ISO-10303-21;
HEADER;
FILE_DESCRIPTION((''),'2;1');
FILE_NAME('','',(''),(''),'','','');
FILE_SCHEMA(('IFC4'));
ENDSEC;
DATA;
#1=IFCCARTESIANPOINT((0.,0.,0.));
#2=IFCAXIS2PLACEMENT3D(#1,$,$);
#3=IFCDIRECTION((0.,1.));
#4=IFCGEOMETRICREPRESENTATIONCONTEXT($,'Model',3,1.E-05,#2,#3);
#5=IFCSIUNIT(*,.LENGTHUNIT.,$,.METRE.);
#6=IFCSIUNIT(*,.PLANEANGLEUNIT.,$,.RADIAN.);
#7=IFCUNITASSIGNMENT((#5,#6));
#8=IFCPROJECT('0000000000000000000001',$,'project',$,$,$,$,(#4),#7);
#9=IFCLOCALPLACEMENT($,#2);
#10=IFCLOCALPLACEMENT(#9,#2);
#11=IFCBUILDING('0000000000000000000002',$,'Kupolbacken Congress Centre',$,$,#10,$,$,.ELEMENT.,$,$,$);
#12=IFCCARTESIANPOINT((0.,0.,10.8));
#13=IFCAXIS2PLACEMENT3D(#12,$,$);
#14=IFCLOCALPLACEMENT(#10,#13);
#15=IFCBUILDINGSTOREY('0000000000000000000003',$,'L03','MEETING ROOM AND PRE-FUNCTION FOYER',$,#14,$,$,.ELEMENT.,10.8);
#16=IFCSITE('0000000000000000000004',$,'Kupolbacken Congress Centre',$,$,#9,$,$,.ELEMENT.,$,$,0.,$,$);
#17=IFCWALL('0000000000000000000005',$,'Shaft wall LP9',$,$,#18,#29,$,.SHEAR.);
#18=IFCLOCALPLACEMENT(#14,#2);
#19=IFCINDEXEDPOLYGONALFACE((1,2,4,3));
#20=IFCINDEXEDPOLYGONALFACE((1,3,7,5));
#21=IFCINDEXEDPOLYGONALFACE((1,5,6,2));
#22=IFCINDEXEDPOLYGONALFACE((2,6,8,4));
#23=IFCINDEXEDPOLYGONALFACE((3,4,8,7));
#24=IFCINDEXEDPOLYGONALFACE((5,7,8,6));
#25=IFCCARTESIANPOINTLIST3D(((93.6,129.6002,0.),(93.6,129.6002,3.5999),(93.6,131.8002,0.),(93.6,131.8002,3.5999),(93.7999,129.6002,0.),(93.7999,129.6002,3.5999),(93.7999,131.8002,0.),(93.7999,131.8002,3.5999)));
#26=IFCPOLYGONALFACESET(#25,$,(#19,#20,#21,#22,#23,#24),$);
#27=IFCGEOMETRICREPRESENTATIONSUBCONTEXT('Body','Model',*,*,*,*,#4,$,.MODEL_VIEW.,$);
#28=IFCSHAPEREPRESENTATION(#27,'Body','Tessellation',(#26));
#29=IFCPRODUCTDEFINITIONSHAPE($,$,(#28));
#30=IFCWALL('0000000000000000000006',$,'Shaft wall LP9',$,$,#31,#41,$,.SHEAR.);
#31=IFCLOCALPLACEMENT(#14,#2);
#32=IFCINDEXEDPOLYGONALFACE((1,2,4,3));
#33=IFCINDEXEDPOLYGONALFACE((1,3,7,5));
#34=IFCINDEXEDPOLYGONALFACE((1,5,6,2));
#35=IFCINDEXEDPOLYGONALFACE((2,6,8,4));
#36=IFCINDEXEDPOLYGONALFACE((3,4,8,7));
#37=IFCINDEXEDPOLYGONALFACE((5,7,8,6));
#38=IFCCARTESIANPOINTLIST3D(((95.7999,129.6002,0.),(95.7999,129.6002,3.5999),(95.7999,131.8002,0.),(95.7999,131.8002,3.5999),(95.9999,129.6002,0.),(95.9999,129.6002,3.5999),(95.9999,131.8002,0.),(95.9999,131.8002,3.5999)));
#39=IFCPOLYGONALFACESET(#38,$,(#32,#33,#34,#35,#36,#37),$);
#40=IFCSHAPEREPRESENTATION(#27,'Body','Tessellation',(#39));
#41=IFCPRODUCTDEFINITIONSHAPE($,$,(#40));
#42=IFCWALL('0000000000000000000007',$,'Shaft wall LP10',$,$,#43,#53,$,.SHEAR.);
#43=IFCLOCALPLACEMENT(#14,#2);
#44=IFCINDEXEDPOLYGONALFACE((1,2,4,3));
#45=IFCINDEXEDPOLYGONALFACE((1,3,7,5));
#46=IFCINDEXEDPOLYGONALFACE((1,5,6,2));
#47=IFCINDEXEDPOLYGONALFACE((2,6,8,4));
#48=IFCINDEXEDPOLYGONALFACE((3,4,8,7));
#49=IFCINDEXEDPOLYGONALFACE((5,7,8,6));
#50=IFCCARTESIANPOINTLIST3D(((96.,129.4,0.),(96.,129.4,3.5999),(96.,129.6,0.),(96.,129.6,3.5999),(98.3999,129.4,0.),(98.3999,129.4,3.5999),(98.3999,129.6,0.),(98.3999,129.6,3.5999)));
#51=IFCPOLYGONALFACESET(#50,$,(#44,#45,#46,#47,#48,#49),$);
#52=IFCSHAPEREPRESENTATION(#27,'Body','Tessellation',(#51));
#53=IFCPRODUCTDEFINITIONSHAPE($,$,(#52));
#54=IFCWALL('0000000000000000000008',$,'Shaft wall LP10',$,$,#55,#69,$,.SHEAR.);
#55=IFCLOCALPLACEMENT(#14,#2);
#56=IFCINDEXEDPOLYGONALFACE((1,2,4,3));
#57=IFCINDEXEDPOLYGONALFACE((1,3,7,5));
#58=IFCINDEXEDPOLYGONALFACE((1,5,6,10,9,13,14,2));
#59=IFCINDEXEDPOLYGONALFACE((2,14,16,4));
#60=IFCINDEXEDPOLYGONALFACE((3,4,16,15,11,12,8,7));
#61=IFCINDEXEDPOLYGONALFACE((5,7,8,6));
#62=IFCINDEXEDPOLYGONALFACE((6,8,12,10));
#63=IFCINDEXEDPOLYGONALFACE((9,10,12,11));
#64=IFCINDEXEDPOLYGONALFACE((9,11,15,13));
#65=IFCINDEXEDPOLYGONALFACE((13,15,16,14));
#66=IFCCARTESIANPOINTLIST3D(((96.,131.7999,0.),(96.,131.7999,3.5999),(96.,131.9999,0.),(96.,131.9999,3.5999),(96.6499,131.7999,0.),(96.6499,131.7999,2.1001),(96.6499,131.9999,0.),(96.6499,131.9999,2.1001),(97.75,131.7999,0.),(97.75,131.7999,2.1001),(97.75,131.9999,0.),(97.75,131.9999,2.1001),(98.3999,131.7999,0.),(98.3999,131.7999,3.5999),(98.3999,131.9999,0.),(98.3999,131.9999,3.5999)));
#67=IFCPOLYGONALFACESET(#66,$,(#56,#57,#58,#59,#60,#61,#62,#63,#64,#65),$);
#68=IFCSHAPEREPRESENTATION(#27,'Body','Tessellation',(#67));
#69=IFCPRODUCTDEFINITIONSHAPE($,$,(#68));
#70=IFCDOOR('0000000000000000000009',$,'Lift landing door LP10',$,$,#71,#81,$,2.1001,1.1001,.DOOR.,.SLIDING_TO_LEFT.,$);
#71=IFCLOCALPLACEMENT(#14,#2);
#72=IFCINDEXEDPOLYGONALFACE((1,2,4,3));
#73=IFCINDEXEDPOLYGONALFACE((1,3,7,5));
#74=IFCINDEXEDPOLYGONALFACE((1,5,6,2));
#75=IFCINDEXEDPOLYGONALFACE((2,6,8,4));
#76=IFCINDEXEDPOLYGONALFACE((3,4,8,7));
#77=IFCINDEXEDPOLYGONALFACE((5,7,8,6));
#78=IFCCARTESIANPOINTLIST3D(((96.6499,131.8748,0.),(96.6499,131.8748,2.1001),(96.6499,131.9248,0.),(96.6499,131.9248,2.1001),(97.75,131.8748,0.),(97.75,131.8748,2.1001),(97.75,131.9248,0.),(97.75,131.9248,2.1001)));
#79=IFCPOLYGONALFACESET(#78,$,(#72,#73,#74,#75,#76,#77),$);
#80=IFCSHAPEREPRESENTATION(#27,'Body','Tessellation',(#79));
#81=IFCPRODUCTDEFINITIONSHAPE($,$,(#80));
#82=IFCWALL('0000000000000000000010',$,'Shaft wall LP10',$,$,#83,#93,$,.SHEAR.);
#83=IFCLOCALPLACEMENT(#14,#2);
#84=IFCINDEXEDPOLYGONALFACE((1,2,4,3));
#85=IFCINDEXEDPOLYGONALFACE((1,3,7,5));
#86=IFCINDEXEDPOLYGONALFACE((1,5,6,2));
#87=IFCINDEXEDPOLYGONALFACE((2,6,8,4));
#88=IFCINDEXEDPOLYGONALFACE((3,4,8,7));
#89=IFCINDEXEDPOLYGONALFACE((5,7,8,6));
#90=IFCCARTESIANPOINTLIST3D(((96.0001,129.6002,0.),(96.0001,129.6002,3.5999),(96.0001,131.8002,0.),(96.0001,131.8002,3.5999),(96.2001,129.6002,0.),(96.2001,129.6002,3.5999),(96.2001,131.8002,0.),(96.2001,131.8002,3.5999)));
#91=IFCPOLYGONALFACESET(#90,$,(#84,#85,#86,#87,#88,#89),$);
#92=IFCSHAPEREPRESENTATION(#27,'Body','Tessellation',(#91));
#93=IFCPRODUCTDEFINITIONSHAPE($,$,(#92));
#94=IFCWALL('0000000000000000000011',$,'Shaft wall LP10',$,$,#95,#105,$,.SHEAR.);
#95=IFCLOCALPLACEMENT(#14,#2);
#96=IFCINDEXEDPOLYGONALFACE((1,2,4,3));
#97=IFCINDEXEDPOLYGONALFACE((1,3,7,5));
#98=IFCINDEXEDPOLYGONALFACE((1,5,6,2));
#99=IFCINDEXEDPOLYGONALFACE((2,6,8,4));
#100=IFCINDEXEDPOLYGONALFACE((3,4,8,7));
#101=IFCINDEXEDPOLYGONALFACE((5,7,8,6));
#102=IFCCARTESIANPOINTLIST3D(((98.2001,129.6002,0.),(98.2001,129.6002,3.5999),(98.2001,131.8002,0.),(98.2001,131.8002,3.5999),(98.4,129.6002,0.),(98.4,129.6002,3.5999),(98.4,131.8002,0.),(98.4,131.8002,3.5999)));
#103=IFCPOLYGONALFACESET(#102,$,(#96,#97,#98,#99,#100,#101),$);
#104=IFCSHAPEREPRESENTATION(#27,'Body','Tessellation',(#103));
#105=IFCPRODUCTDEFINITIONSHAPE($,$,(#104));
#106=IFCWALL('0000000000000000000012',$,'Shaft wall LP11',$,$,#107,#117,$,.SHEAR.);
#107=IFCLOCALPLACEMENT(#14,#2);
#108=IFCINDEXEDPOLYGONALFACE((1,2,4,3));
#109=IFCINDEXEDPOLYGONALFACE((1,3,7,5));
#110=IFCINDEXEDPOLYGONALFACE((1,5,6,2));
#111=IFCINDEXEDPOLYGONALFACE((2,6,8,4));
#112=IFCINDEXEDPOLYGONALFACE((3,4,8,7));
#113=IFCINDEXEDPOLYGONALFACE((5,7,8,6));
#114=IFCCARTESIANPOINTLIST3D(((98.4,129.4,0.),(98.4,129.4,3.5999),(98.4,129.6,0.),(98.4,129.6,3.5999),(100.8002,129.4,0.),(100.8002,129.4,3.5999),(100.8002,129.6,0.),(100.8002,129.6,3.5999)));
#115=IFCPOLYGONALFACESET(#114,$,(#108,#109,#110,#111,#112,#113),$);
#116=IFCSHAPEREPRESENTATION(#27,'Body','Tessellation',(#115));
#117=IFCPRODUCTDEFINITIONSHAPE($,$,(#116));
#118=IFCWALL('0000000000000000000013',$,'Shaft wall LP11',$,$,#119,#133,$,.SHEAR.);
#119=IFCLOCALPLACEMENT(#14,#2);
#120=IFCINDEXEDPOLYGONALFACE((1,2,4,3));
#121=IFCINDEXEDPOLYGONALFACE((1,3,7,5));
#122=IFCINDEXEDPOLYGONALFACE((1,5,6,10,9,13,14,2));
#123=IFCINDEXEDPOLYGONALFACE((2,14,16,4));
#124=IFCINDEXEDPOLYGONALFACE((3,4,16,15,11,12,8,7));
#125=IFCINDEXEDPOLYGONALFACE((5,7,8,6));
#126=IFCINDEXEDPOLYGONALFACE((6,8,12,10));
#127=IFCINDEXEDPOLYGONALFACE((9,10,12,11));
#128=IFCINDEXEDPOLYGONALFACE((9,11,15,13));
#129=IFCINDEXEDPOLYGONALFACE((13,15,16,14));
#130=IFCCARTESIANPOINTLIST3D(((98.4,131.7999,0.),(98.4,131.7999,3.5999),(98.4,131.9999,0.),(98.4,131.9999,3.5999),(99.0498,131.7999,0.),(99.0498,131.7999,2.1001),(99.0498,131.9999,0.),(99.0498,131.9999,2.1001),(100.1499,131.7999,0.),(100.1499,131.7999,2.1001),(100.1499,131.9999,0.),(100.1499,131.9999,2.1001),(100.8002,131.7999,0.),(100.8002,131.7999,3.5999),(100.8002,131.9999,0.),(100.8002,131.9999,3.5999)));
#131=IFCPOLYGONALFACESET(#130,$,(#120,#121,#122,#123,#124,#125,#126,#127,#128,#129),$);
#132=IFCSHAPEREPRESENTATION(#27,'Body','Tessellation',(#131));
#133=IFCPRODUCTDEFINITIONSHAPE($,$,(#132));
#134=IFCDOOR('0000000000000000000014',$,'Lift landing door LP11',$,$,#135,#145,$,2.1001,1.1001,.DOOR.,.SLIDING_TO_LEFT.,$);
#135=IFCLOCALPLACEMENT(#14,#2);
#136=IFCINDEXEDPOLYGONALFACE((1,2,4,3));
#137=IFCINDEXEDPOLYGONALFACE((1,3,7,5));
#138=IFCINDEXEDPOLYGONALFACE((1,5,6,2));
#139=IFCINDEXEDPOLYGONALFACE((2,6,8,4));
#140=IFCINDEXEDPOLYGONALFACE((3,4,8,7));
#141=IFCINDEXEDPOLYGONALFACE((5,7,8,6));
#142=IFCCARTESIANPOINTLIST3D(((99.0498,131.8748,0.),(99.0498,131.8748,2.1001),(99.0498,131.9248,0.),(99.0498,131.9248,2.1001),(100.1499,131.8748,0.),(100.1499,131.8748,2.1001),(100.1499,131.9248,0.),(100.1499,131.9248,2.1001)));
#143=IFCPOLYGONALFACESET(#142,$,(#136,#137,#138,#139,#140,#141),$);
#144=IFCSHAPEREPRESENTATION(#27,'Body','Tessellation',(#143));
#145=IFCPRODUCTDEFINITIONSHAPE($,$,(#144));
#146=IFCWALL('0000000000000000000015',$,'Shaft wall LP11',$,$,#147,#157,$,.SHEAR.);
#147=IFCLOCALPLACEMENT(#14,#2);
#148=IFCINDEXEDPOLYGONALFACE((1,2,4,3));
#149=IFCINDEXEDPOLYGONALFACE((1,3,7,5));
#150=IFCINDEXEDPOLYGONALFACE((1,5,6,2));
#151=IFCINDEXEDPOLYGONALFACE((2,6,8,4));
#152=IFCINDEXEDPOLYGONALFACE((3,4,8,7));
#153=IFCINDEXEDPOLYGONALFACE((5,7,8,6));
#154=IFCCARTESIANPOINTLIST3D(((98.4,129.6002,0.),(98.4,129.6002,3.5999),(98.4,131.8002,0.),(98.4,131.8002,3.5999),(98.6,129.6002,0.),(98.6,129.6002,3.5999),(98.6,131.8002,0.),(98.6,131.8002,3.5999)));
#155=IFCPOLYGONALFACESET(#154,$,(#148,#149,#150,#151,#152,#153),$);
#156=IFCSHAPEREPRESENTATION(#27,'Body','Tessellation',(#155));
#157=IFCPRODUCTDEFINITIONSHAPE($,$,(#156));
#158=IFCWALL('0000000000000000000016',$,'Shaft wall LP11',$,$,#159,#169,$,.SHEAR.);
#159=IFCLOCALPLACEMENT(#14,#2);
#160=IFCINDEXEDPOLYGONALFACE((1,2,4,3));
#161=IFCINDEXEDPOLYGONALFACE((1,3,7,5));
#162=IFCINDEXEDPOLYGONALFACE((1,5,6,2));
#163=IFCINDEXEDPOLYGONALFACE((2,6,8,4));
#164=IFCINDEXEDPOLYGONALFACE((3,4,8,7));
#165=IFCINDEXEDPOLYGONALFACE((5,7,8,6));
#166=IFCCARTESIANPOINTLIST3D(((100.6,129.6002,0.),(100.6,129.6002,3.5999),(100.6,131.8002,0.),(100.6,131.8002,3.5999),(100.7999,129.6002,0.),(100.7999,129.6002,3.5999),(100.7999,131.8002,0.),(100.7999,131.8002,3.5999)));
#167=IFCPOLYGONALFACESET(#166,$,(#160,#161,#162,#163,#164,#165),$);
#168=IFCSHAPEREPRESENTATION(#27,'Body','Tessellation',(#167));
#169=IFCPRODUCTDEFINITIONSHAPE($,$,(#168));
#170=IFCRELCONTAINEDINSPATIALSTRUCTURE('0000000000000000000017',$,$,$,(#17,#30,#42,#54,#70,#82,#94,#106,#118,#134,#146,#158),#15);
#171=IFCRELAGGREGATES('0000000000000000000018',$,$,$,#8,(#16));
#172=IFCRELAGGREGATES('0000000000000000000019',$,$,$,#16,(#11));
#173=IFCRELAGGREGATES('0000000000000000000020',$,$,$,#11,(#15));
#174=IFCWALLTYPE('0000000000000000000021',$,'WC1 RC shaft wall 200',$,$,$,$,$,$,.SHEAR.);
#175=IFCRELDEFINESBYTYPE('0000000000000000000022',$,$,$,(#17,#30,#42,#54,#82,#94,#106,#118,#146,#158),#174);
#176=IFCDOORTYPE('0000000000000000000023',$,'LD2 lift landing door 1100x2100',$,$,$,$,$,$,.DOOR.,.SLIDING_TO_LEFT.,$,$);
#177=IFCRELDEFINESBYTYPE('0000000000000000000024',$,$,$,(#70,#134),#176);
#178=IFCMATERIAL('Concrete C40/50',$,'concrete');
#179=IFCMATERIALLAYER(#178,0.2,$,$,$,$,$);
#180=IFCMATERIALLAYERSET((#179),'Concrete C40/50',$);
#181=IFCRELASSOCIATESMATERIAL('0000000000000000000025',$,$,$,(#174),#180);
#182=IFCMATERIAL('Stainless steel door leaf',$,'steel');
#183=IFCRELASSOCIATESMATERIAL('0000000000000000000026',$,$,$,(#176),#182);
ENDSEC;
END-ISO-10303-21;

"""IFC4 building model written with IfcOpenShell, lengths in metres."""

from ifc_helpers import new_model, si_unit, direction, frame, frame_2d, origin, place, context, subcontext, project, spatial, rectangle, extrude, material, layer, layer_set, type_object, element, fill, save


model = new_model("IFC4")

# Units and contexts
model_context = context("Model", 3, precision=1e-05, world=origin(), true_north=direction((0.0, 1.0)))
body_context = subcontext(model_context, "Body", "Model", "MODEL_VIEW")
ifc_project = project(units=[si_unit("LENGTHUNIT", "METRE"), si_unit("PLANEANGLEUNIT", "RADIAN")], contexts=[model_context])

# Site, building, storey
site_placement = place(None, origin())
site = spatial("IfcSite", under=ifc_project, at=site_placement, Name="Kupolbacken Congress Centre", CompositionType="ELEMENT", RefElevation=0.0)
building_placement = place(site_placement, origin())
building = spatial("IfcBuilding", under=site, at=building_placement, Name="Kupolbacken Congress Centre", CompositionType="ELEMENT")
storey_placement = place(building_placement, frame((0.0, 0.0, 10.8)))
storey = spatial("IfcBuildingStorey", under=building, at=storey_placement, Name="L03", Description="MEETING ROOM AND PRE-FUNCTION FOYER", CompositionType="ELEMENT", Elevation=10.8)

# Shared definitions
ifc_material_1 = material(Name="Concrete C40/50", Category="concrete")
ifc_layer_1 = layer(ifc_material_1, 0.2)
ifc_layer_set_1 = layer_set([ifc_layer_1], Name="Concrete C40/50")
wall_type_1 = type_object("IfcWallType", Name="WC1 RC shaft wall 200", PredefinedType="SHEAR", material=ifc_layer_set_1)

# Shared definitions
ifc_material_2 = material(Name="Stainless steel door leaf", Category="steel")
door_type_1 = type_object("IfcDoorType", Name="LD2 lift landing door 1100x2100", OperationType="SLIDING_TO_LEFT", PredefinedType="DOOR", material=ifc_material_2)

# Walls
for number, where, z_axis, x_axis, name in (
    (1, (93.7, 129.6001, 0.0), (0.0, 0.0, 1.0), (0.0, 1.0, 0.0), "Shaft wall LP9"),
    (2, (95.8999, 129.6001, 0.0), (0.0, 0.0, 1.0), (0.0, 1.0, 0.0), "Shaft wall LP9"),
):
    element("IfcWall", number, at=place(storey_placement, frame(where, z_axis=z_axis, x_axis=x_axis)), inside=storey, type_object=wall_type_1, Name=name, PredefinedType="SHEAR", context=body_context, shape_type="SweptSolid", body=[
        extrude(rectangle(XDim=2.2, YDim=0.2, at=frame_2d((1.1001, 0.0))), origin(), (0.0, 0.0, 1.0), 3.5999),
    ])
wall_1_placement = place(storey_placement, frame((96.0, 129.5, 0.0), z_axis=(0.0, 0.0, 1.0), x_axis=(1.0, 0.0, 0.0)))
element("IfcWall", 3, at=wall_1_placement, inside=storey, type_object=wall_type_1, Name="Shaft wall LP10", PredefinedType="SHEAR", context=body_context, shape_type="SweptSolid", body=[
    extrude(rectangle(XDim=2.3999, YDim=0.2, at=frame_2d((1.2, 0.0))), origin(), (0.0, 0.0, 1.0), 3.5999),
])

# Wall, opening, door
wall_2_placement = place(storey_placement, frame((96.0, 131.8999, 0.0), z_axis=(0.0, 0.0, 1.0), x_axis=(1.0, 0.0, 0.0)))
wall_2 = element("IfcWall", 4, at=wall_2_placement, inside=storey, type_object=wall_type_1, Name="Shaft wall LP10", PredefinedType="SHEAR", context=body_context, shape_type="SweptSolid", body=[
    extrude(rectangle(XDim=2.3999, YDim=0.2, at=frame_2d((1.2, 0.0))), origin(), (0.0, 0.0, 1.0), 3.5999),
])
opening_1_placement = place(wall_2_placement, frame((0.6499, 0.0, 0.0)))
opening_1 = element("IfcOpeningElement", 5, at=opening_1_placement, cuts=wall_2, PredefinedType="OPENING", context=body_context, shape_type="SweptSolid", body=[
    extrude(rectangle(XDim=1.1001, YDim=2.1001, at=frame_2d((0.55, 1.05))), frame((0.0, 0.1099, 0.0), z_axis=(0.0, -1.0, 0.0), x_axis=(1.0, 0.0, 0.0)), (0.0, 0.0, 1.0), 0.22),
])
door_1_placement = place(opening_1_placement, origin())
door_1 = element("IfcDoor", 6, at=door_1_placement, inside=storey, type_object=door_type_1, Name="Lift landing door LP10", OperationType="SLIDING_TO_LEFT", OverallHeight=2.1001, OverallWidth=1.1001, PredefinedType="DOOR", context=body_context, shape_type="SweptSolid", body=[
    extrude(rectangle(XDim=1.1001, YDim=2.1001, at=frame_2d((0.55, 1.05))), frame((0.0, 0.0249, 0.0), z_axis=(0.0, -1.0, 0.0), x_axis=(1.0, 0.0, 0.0)), (0.0, 0.0, 1.0), 0.05),
])
fill(opening_1, door_1)

# Walls
for number, where, z_axis, x_axis, name in (
    (7, (96.1001, 129.6001, 0.0), (0.0, 0.0, 1.0), (0.0, 1.0, 0.0), "Shaft wall LP10"),
    (8, (98.3, 129.6001, 0.0), (0.0, 0.0, 1.0), (0.0, 1.0, 0.0), "Shaft wall LP10"),
):
    element("IfcWall", number, at=place(storey_placement, frame(where, z_axis=z_axis, x_axis=x_axis)), inside=storey, type_object=wall_type_1, Name=name, PredefinedType="SHEAR", context=body_context, shape_type="SweptSolid", body=[
        extrude(rectangle(XDim=2.2, YDim=0.2, at=frame_2d((1.1001, 0.0))), origin(), (0.0, 0.0, 1.0), 3.5999),
    ])
wall_3_placement = place(storey_placement, frame((98.3999, 129.5, 0.0), z_axis=(0.0, 0.0, 1.0), x_axis=(1.0, 0.0, 0.0)))
element("IfcWall", 9, at=wall_3_placement, inside=storey, type_object=wall_type_1, Name="Shaft wall LP11", PredefinedType="SHEAR", context=body_context, shape_type="SweptSolid", body=[
    extrude(rectangle(XDim=2.4001, YDim=0.2, at=frame_2d((1.2002, 0.0))), origin(), (0.0, 0.0, 1.0), 3.5999),
])

# Wall, opening, door
wall_4_placement = place(storey_placement, frame((98.3999, 131.8999, 0.0), z_axis=(0.0, 0.0, 1.0), x_axis=(1.0, 0.0, 0.0)))
wall_4 = element("IfcWall", 10, at=wall_4_placement, inside=storey, type_object=wall_type_1, Name="Shaft wall LP11", PredefinedType="SHEAR", context=body_context, shape_type="SweptSolid", body=[
    extrude(rectangle(XDim=2.4001, YDim=0.2, at=frame_2d((1.2002, 0.0))), origin(), (0.0, 0.0, 1.0), 3.5999),
])
opening_2_placement = place(wall_4_placement, frame((0.6499, 0.0, 0.0)))
opening_2 = element("IfcOpeningElement", 11, at=opening_2_placement, cuts=wall_4, PredefinedType="OPENING", context=body_context, shape_type="SweptSolid", body=[
    extrude(rectangle(XDim=1.1001, YDim=2.1001, at=frame_2d((0.55, 1.05))), frame((0.0, 0.1099, 0.0), z_axis=(0.0, -1.0, 0.0), x_axis=(1.0, 0.0, 0.0)), (0.0, 0.0, 1.0), 0.22),
])
door_2_placement = place(opening_2_placement, origin())
door_2 = element("IfcDoor", 12, at=door_2_placement, inside=storey, type_object=door_type_1, Name="Lift landing door LP11", OperationType="SLIDING_TO_LEFT", OverallHeight=2.1001, OverallWidth=1.1001, PredefinedType="DOOR", context=body_context, shape_type="SweptSolid", body=[
    extrude(rectangle(XDim=1.1001, YDim=2.1001, at=frame_2d((0.55, 1.05))), frame((0.0, 0.0249, 0.0), z_axis=(0.0, -1.0, 0.0), x_axis=(1.0, 0.0, 0.0)), (0.0, 0.0, 1.0), 0.05),
])
fill(opening_2, door_2)

# Walls
for number, where, z_axis, x_axis, name in (
    (13, (98.5, 129.6001, 0.0), (0.0, 0.0, 1.0), (0.0, 1.0, 0.0), "Shaft wall LP11"),
    (14, (100.7, 129.6001, 0.0), (0.0, 0.0, 1.0), (0.0, 1.0, 0.0), "Shaft wall LP11"),
):
    element("IfcWall", number, at=place(storey_placement, frame(where, z_axis=z_axis, x_axis=x_axis)), inside=storey, type_object=wall_type_1, Name=name, PredefinedType="SHEAR", context=body_context, shape_type="SweptSolid", body=[
        extrude(rectangle(XDim=2.2, YDim=0.2, at=frame_2d((1.1001, 0.0))), origin(), (0.0, 0.0, 1.0), 3.5999),
    ])

save(model, "model.ifc")
